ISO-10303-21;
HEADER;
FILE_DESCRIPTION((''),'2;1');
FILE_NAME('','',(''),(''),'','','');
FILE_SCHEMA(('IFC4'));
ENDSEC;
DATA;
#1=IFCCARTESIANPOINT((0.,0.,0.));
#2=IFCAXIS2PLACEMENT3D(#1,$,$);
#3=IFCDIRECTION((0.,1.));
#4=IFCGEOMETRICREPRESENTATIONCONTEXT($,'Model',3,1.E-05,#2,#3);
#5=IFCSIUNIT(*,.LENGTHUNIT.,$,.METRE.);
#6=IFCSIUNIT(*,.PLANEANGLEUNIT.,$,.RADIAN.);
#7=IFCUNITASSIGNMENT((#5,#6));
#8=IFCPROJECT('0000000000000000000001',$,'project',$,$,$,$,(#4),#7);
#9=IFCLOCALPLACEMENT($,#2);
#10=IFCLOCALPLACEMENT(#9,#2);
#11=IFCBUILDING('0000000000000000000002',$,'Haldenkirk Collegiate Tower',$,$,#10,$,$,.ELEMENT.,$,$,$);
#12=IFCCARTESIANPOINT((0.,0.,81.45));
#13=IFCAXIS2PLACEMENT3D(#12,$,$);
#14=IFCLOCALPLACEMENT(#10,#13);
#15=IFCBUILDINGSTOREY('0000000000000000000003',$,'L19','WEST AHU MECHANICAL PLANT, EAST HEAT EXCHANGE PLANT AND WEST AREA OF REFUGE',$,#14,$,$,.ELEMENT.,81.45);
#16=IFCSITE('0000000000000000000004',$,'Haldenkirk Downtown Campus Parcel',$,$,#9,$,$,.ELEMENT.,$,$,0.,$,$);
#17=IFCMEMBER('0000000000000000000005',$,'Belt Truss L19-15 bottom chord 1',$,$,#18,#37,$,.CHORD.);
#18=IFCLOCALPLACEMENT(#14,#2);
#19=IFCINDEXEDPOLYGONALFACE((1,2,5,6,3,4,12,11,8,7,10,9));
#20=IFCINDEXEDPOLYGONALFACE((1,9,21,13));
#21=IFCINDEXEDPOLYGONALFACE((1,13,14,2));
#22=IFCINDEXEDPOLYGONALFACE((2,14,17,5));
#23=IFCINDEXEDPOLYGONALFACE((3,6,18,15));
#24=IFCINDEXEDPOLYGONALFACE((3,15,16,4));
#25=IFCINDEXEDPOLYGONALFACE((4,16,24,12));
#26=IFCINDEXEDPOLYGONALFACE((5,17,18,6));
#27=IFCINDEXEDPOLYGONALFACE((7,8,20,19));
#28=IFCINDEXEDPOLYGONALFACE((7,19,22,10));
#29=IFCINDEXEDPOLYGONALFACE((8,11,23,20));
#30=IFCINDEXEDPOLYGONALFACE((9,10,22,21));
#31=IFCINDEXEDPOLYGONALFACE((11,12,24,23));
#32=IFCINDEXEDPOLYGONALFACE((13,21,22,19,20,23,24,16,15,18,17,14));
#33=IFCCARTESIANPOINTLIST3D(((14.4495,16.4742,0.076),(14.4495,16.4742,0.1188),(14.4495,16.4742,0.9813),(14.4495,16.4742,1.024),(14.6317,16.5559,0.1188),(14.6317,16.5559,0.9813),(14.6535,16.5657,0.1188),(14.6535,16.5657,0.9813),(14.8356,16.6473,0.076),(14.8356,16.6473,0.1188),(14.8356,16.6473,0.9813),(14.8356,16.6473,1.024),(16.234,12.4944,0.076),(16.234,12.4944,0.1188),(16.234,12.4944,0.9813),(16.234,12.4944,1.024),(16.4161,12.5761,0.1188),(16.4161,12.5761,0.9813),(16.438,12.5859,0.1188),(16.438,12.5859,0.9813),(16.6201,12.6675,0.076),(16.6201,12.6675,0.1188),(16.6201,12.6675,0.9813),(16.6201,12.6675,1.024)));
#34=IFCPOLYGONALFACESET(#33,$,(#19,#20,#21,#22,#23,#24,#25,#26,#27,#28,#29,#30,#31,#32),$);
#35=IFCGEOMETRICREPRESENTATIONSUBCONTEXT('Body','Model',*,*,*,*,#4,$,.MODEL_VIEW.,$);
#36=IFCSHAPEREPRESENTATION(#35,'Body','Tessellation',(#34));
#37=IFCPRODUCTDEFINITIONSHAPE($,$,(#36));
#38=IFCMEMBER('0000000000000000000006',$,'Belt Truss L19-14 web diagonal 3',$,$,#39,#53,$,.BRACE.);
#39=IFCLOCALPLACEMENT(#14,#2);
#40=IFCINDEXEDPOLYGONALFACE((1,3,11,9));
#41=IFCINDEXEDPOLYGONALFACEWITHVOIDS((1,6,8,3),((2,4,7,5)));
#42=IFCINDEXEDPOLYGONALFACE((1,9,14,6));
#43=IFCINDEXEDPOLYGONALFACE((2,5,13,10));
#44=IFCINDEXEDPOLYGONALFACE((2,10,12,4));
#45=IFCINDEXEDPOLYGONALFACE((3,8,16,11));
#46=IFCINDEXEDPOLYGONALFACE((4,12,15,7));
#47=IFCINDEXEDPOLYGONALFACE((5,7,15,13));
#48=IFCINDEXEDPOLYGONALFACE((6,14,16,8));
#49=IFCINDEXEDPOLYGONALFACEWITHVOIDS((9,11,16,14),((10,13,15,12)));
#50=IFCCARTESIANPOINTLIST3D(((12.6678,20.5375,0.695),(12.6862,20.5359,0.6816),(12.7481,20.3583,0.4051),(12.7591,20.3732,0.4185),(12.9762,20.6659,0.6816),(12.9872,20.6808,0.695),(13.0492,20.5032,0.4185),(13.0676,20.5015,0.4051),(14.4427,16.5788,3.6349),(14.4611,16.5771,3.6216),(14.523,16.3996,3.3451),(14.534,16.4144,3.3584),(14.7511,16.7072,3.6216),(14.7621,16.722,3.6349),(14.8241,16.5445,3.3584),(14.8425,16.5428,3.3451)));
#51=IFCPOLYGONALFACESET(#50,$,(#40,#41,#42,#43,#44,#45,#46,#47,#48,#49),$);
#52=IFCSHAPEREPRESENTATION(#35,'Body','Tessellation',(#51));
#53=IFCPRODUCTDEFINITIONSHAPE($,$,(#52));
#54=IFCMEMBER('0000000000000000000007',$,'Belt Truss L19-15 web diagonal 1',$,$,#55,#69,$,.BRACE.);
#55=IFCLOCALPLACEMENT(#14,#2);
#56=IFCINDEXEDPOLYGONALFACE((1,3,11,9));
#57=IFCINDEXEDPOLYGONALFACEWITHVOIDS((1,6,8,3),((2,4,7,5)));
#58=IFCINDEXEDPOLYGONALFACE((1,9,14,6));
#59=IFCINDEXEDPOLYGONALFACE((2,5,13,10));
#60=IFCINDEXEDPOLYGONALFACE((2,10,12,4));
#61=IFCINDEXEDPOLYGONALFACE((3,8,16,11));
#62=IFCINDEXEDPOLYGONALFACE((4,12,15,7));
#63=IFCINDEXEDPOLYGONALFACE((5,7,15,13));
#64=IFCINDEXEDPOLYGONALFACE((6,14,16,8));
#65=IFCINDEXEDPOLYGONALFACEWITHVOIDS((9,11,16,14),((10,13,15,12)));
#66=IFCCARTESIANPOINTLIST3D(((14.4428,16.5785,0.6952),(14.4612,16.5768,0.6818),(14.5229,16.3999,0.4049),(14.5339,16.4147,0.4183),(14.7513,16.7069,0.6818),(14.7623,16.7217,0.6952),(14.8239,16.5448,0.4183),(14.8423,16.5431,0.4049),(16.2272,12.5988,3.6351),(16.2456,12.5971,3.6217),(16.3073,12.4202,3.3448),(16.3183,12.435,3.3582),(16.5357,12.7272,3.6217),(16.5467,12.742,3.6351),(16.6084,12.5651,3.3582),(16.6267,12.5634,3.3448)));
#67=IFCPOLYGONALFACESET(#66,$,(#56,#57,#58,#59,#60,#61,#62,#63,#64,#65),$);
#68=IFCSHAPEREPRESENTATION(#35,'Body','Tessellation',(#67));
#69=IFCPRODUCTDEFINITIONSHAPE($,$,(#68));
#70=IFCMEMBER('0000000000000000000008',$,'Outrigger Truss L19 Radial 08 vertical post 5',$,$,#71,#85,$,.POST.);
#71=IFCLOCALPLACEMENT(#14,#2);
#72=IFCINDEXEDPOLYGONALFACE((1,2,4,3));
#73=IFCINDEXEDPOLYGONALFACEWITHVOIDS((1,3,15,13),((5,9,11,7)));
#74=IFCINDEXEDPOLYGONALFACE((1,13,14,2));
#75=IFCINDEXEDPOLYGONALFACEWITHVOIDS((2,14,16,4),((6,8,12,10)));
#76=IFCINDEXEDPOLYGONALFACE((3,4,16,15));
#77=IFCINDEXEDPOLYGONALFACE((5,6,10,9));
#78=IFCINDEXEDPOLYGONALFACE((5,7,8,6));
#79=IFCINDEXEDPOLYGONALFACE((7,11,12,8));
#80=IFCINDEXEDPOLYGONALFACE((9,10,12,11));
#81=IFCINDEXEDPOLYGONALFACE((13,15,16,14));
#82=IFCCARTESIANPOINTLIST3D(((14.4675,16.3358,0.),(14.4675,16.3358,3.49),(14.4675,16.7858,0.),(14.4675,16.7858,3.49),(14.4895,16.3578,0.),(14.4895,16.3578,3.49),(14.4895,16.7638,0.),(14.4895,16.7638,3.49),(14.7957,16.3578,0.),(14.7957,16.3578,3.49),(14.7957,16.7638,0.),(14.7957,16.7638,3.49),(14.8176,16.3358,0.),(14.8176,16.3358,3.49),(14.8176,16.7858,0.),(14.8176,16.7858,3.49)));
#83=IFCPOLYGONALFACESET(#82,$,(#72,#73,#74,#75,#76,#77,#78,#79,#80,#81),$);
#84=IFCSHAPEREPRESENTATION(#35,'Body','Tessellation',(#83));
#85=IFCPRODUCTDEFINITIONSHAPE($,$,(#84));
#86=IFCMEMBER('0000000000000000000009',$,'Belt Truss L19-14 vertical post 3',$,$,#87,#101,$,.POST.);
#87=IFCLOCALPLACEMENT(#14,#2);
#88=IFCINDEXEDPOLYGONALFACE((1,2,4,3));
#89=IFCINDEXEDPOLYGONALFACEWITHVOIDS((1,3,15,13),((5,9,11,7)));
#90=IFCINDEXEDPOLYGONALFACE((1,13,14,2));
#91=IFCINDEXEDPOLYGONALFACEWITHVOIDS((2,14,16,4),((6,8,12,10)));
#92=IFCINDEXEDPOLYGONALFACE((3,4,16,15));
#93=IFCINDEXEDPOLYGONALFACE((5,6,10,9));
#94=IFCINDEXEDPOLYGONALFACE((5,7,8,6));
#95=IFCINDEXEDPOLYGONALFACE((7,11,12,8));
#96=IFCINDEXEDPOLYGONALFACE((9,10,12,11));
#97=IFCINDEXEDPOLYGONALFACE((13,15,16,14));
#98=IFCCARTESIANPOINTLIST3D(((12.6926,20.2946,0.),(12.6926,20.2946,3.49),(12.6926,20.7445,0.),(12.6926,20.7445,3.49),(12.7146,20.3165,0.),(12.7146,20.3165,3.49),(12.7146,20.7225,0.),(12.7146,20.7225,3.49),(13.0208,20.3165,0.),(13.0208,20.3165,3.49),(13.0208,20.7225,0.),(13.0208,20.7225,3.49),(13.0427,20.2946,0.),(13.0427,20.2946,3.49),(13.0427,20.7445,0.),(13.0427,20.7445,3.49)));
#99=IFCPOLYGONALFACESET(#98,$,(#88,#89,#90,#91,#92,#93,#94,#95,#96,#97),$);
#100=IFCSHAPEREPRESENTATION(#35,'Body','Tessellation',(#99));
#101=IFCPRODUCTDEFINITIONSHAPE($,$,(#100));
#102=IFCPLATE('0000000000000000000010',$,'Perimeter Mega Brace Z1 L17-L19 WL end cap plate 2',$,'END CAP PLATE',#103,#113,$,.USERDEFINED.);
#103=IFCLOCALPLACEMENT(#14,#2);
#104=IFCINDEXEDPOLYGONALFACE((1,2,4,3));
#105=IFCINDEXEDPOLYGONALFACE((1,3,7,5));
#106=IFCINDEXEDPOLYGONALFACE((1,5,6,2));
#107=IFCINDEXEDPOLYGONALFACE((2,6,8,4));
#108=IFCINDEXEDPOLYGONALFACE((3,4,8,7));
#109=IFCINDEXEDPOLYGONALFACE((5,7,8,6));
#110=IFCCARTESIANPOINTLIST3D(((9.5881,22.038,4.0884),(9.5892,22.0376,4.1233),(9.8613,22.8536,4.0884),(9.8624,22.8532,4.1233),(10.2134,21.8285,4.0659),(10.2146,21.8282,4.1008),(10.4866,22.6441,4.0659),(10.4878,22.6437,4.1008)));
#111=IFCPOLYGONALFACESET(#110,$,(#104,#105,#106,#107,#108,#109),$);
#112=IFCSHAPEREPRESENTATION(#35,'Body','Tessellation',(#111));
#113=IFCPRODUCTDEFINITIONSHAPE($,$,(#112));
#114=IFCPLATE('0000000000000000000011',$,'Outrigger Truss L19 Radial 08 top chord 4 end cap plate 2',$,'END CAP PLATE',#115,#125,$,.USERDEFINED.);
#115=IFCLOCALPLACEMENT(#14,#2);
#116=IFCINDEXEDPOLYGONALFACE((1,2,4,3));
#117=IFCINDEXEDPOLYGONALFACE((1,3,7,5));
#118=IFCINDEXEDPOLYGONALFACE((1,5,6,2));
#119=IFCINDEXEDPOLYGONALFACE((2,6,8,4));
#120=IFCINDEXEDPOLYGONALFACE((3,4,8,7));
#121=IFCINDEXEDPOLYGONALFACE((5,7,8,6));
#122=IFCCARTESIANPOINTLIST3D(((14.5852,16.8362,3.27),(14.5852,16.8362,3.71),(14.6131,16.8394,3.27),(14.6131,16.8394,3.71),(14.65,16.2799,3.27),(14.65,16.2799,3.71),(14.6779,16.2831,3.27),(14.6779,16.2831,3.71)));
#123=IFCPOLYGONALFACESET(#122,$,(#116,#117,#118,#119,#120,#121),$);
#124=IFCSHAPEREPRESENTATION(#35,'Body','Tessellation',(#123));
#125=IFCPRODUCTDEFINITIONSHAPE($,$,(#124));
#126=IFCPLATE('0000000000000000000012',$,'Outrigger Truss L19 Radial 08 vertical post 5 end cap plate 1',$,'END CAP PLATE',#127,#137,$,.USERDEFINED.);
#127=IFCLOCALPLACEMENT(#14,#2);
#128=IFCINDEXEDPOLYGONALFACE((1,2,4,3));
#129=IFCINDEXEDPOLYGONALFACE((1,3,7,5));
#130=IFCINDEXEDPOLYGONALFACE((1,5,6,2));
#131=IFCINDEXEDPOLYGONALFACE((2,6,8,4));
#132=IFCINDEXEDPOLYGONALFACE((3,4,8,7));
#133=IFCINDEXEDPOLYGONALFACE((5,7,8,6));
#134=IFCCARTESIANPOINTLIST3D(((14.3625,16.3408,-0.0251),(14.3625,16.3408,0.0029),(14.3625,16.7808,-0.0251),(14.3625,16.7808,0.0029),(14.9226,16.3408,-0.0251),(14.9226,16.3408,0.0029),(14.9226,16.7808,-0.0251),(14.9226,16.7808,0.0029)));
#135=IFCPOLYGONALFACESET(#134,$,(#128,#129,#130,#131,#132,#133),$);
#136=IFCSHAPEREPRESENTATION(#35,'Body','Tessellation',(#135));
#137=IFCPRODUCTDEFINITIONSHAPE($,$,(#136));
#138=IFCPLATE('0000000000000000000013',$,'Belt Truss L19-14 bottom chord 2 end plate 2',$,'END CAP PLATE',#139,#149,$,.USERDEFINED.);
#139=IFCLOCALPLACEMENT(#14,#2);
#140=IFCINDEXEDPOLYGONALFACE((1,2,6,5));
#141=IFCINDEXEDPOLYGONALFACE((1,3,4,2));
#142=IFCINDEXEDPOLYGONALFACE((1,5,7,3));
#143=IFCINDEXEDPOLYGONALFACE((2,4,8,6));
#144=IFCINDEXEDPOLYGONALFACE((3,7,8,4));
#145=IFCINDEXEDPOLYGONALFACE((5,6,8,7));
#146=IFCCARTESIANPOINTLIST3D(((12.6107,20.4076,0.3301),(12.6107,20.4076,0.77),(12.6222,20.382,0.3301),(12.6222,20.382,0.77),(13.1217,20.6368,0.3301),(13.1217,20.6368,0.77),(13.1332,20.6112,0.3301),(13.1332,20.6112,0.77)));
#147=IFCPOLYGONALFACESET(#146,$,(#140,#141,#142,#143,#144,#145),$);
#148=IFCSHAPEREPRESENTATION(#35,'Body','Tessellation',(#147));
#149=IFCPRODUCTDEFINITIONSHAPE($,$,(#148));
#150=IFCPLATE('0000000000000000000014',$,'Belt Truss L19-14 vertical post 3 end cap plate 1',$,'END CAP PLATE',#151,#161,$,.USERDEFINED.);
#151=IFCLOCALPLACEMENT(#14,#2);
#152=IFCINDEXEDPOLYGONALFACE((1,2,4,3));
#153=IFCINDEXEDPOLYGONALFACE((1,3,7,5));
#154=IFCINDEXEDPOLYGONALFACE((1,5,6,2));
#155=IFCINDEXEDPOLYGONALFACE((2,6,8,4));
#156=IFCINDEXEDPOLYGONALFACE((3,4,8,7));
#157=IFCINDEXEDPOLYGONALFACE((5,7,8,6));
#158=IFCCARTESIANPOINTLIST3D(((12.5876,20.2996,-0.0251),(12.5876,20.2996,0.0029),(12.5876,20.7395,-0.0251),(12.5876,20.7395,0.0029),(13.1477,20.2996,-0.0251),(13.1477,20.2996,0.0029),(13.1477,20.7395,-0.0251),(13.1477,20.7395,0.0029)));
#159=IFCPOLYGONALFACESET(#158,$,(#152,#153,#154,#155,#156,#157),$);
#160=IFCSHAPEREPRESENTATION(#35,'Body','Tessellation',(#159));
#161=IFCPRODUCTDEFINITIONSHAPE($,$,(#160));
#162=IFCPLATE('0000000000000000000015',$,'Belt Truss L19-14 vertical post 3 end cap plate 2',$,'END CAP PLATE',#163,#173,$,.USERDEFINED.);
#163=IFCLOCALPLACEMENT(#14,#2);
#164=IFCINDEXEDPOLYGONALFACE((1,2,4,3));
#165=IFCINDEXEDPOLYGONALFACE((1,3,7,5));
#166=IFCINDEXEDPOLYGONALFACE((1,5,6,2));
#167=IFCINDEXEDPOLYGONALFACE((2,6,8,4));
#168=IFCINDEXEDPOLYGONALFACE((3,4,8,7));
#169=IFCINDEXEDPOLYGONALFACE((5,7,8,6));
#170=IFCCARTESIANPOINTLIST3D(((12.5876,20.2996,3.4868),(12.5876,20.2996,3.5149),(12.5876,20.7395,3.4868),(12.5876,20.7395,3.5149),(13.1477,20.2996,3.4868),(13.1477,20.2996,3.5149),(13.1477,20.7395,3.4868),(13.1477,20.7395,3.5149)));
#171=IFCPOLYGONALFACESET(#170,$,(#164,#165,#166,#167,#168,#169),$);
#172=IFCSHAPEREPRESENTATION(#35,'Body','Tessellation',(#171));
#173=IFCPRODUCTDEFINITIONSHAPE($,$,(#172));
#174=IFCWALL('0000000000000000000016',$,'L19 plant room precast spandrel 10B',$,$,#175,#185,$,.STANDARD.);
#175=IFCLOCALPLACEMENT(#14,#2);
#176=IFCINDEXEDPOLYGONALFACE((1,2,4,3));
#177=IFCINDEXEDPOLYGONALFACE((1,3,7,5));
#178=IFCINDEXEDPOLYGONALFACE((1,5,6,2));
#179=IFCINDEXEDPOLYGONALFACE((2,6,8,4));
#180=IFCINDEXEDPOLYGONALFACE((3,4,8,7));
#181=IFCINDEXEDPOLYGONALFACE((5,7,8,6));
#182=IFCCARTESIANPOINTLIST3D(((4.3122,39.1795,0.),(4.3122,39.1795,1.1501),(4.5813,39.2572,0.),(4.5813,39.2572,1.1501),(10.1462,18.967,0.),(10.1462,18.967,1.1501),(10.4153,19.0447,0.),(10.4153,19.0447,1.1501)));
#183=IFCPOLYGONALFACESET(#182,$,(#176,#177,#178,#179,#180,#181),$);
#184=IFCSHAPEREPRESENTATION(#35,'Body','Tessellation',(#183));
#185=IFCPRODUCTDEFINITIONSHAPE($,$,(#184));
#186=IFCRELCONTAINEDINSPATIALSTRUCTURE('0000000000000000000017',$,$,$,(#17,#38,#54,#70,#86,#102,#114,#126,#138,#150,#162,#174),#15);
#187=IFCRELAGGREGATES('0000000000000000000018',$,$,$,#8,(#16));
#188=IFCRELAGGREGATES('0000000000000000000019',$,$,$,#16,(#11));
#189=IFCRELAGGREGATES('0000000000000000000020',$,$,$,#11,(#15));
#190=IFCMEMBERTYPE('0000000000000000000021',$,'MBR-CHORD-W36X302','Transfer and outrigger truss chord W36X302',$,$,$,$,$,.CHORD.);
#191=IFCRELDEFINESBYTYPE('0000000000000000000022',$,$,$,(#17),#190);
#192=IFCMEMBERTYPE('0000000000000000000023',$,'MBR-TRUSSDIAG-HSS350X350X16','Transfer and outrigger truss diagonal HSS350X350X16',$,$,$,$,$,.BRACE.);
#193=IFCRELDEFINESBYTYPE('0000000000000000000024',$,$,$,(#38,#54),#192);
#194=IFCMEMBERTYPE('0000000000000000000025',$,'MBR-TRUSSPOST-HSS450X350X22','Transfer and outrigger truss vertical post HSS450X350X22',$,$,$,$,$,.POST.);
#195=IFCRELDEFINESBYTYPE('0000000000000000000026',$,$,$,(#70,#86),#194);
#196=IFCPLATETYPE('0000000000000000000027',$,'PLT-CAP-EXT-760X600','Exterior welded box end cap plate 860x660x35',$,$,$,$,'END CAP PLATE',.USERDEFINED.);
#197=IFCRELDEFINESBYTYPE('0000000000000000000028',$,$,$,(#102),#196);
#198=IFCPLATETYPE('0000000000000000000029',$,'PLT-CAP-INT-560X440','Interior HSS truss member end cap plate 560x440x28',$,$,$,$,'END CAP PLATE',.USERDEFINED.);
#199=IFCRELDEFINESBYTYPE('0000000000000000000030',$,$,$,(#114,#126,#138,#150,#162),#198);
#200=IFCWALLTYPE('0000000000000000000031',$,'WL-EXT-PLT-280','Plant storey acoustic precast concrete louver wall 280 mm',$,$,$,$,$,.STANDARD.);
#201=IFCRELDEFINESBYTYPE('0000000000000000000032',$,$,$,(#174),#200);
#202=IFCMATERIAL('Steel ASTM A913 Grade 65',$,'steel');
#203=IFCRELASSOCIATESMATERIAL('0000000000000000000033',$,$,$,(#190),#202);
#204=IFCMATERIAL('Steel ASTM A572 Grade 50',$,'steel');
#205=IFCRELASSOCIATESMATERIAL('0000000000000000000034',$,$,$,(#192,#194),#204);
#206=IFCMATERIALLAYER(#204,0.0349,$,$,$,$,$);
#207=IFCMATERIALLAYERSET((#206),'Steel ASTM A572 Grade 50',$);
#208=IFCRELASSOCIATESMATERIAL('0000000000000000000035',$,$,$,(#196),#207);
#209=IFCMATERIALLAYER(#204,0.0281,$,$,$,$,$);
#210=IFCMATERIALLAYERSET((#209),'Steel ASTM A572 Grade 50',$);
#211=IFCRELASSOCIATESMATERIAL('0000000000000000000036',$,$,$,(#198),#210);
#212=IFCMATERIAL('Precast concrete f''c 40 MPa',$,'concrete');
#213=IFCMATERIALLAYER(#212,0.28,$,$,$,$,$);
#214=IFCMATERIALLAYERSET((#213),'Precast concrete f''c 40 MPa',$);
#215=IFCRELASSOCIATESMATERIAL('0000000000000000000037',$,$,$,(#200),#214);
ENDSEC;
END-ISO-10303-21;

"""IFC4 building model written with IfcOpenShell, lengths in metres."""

from ifc_helpers import new_model, si_unit, direction, frame, frame_2d, origin, origin_2d, place, context, subcontext, project, spatial, rectangle, hollow_rectangle, i_section, extrude, source, transform, mapped, material, layer, layer_set, material_profile, profile_set, type_object, element, save


model = new_model("IFC4")

# Units and contexts
model_context = context("Model", 3, precision=1e-05, world=origin(), true_north=direction((0.0, 1.0)))
body_context = subcontext(model_context, "Body", "Model", "MODEL_VIEW")
ifc_project = project(units=[si_unit("LENGTHUNIT", "METRE"), si_unit("PLANEANGLEUNIT", "RADIAN")], contexts=[model_context])

# Site, building, storey
site_placement = place(None, origin())
site = spatial("IfcSite", under=ifc_project, at=site_placement, Name="Haldenkirk Downtown Campus Parcel", CompositionType="ELEMENT", RefElevation=0.0)
building_placement = place(site_placement, origin())
building = spatial("IfcBuilding", under=site, at=building_placement, Name="Haldenkirk Collegiate Tower", CompositionType="ELEMENT")
storey_placement = place(building_placement, frame((0.0, 0.0, 81.45)))
storey = spatial("IfcBuildingStorey", under=building, at=storey_placement, Name="L19", Description="WEST AHU MECHANICAL PLANT, EAST HEAT EXCHANGE PLANT AND WEST AREA OF REFUGE", CompositionType="ELEMENT", Elevation=81.45)

# Shared definitions
ifc_material_1 = material(Name="Steel ASTM A913 Grade 65", Category="steel")

# Members
ifc_material_2 = material(Name="Steel ASTM A572 Grade 50", Category="steel")
ifc_material_profile_1 = material_profile(ifc_material_1, i_section(OverallWidth=0.4231, OverallDepth=0.948, WebThickness=0.0239, FlangeThickness=0.0427, at=origin_2d()), Name="W36X302")
ifc_profile_set_1 = profile_set([ifc_material_profile_1], Name="Steel ASTM A913 Grade 65")
member_type_1 = type_object("IfcMemberType", Name="MBR-CHORD-W36X302", Description="Transfer and outrigger truss chord W36X302", PredefinedType="CHORD", material=ifc_profile_set_1)
member_1_placement = place(storey_placement, frame((14.6426, 16.5608, 0.55), z_axis=(0.409133, -0.912475, 0.0), x_axis=(0.912475, 0.409133, 0.0)))
element("IfcMember", 1, at=member_1_placement, inside=storey, type_object=member_type_1, Name="Belt Truss L19-15 bottom chord 1", PredefinedType="CHORD", context=body_context, shape_type="SweptSolid", body=[
    extrude(i_section(OverallWidth=0.4231, OverallDepth=0.948, WebThickness=0.0239, FlangeThickness=0.0427, at=origin_2d()), origin(), (0.0, 0.0, 1.0), 4.3616),
])
ifc_material_profile_2 = material_profile(ifc_material_2, hollow_rectangle(XDim=0.3501, YDim=0.3501, WallThickness=0.0161, at=origin_2d()), Name="HSS350X350X16")
ifc_profile_set_2 = profile_set([ifc_material_profile_2], Name="Steel ASTM A572 Grade 50")
member_type_2 = type_object("IfcMemberType", Name="MBR-TRUSSDIAG-HSS350X350X16", Description="Transfer and outrigger truss diagonal HSS350X350X16", PredefinedType="BRACE", material=ifc_profile_set_2)
member_2_placement = place(storey_placement, frame((12.8677, 20.5195, 0.55), z_axis=(0.338675, -0.755381, 0.56098), x_axis=(0.912484, 0.409112, 0.0)))
element("IfcMember", 2, at=member_2_placement, inside=storey, type_object=member_type_2, Name="Belt Truss L19-14 web diagonal 3", PredefinedType="BRACE", context=body_context, shape_type="SweptSolid", body=[
    extrude(hollow_rectangle(XDim=0.3501, YDim=0.3501, WallThickness=0.0161, at=origin_2d()), origin(), (0.0, 0.0, 1.0), 5.2407),
])
member_3_placement = place(storey_placement, frame((14.6426, 16.5608, 0.55), z_axis=(0.339256, -0.75663, 0.558943), x_axis=(0.912475, 0.409133, 0.0)))
element("IfcMember", 3, at=member_3_placement, inside=storey, type_object=member_type_2, Name="Belt Truss L19-15 web diagonal 1", PredefinedType="BRACE", context=body_context, shape_type="SweptSolid", body=[
    extrude(hollow_rectangle(XDim=0.3501, YDim=0.3501, WallThickness=0.0161, at=origin_2d()), origin(), (0.0, 0.0, 1.0), 5.2598),
])
ifc_material_profile_3 = material_profile(ifc_material_2, hollow_rectangle(XDim=0.3501, YDim=0.45, WallThickness=0.022, at=origin_2d()), Name="HSS450X350X22")
ifc_profile_set_3 = profile_set([ifc_material_profile_3], Name="Steel ASTM A572 Grade 50")
member_type_3 = type_object("IfcMemberType", Name="MBR-TRUSSPOST-HSS450X350X22", Description="Transfer and outrigger truss vertical post HSS450X350X22", PredefinedType="POST", material=ifc_profile_set_3)
for number, where, z_axis, x_axis, name in (
    (4, (14.6426, 16.5608, 0.0), (0.0, 0.0, 1.0), (1.0, 0.0, 0.0), "Outrigger Truss L19 Radial 08 vertical post 5"),
    (5, (12.8677, 20.5195, 0.0), (0.0, 0.0, 1.0), (1.0, 0.0, 0.0), "Belt Truss L19-14 vertical post 3"),
):
    element("IfcMember", number, at=place(storey_placement, frame(where, z_axis=z_axis, x_axis=x_axis)), inside=storey, type_object=member_type_3, Name=name, PredefinedType="POST", context=body_context, shape_type="SweptSolid", body=[
        extrude(hollow_rectangle(XDim=0.3501, YDim=0.45, WallThickness=0.022, at=origin_2d()), origin(), (0.0, 0.0, 1.0), 3.49),
    ])

# Plates
ifc_layer_1 = layer(ifc_material_2, 0.0349)
ifc_layer_set_1 = layer_set([ifc_layer_1], Name="Steel ASTM A572 Grade 50")
plate_type_1 = type_object("IfcPlateType", Name="PLT-CAP-EXT-760X600", Description="Exterior welded box end cap plate 860x660x35", ElementType="END CAP PLATE", PredefinedType="USERDEFINED", material=ifc_layer_set_1)
shared_shape_1 = source(origin(), body_context, "Body", "SweptSolid", [
    extrude(rectangle(XDim=0.8601, YDim=0.6599, at=origin_2d()), origin(), (0.0, 0.0, 1.0), 0.0349),
])
plate_placement = place(storey_placement, frame((10.0374, 22.3411, 4.0771), z_axis=(0.032418, -0.010859, 0.999415), x_axis=(0.317628, 0.948215, 0.0)))
element("IfcPlate", 6, at=plate_placement, inside=storey, type_object=plate_type_1, Name="Perimeter Mega Brace Z1 L17-L19 WL end cap plate 2", ObjectType="END CAP PLATE", PredefinedType="USERDEFINED", context=body_context, shape_type="MappedRepresentation", body=[
    mapped(shared_shape_1, transform((0.0, 0.0, 0.0), x_axis=(1.0, 0.0, 0.0), y_axis=(0.0, 1.0, 0.0), z_axis=(0.0, 0.0, 1.0), scale=1.0)),
])
ifc_layer_2 = layer(ifc_material_2, 0.0281)
ifc_layer_set_2 = layer_set([ifc_layer_2], Name="Steel ASTM A572 Grade 50")
plate_type_2 = type_object("IfcPlateType", Name="PLT-CAP-INT-560X440", Description="Interior HSS truss member end cap plate 560x440x28", ElementType="END CAP PLATE", PredefinedType="USERDEFINED", material=ifc_layer_set_2)
shared_shape_2 = source(origin(), body_context, "Body", "SweptSolid", [
    extrude(rectangle(XDim=0.5601, YDim=0.4399, at=origin_2d()), origin(), (0.0, 0.0, 1.0), 0.0281),
])
for number, where, z_axis, x_axis, name in (
    (7, (14.6455, 16.5613, 3.49), (-0.993287, -0.115678, 0.0), (0.115678, -0.993287, 0.0), "Outrigger Truss L19 Radial 08 top chord 4 end cap plate 2"),
    (8, (14.6426, 16.5608, 0.0029), (0.0, 0.0, -1.0), (1.0, 0.0, 0.0), "Outrigger Truss L19 Radial 08 vertical post 5 end cap plate 1"),
    (9, (12.8662, 20.5222, 0.55), (0.409128, -0.912477, 0.0), (0.912477, 0.409128, 0.0), "Belt Truss L19-14 bottom chord 2 end plate 2"),
    (10, (12.8677, 20.5195, 0.0029), (0.0, 0.0, -1.0), (1.0, 0.0, 0.0), "Belt Truss L19-14 vertical post 3 end cap plate 1"),
    (11, (12.8677, 20.5195, 3.4868), (0.0, 0.0, 1.0), (1.0, 0.0, 0.0), "Belt Truss L19-14 vertical post 3 end cap plate 2"),
):
    element("IfcPlate", number, at=place(storey_placement, frame(where, z_axis=z_axis, x_axis=x_axis)), inside=storey, type_object=plate_type_2, Name=name, ObjectType="END CAP PLATE", PredefinedType="USERDEFINED", context=body_context, shape_type="MappedRepresentation", body=[
        mapped(shared_shape_2, transform((0.0, 0.0, 0.0), x_axis=(1.0, 0.0, 0.0), y_axis=(0.0, 1.0, 0.0), z_axis=(0.0, 0.0, 1.0), scale=1.0)),
    ])

# Wall
ifc_material_3 = material(Name="Precast concrete f'c 40 MPa", Category="concrete")
ifc_layer_3 = layer(ifc_material_3, 0.28)
ifc_layer_set_3 = layer_set([ifc_layer_3], Name="Precast concrete f'c 40 MPa")
wall_type_1 = type_object("IfcWallType", Name="WL-EXT-PLT-280", Description="Plant storey acoustic precast concrete louver wall 280 mm", PredefinedType="STANDARD", material=ifc_layer_set_3)
wall_1_placement = place(storey_placement, frame((10.2808, 19.0059, 0.0), z_axis=(0.0, 0.0, 1.0), x_axis=(-0.277314, 0.960779, 0.0)))
element("IfcWall", 12, at=wall_1_placement, inside=storey, type_object=wall_type_1, Name="L19 plant room precast spandrel 10B", PredefinedType="STANDARD", context=body_context, shape_type="SweptSolid", body=[
    extrude(rectangle(XDim=21.0376, YDim=0.28, at=frame_2d((10.5188, 0.0))), origin(), (0.0, 0.0, 1.0), 1.1501),
])

save(model, "model.ifc")
